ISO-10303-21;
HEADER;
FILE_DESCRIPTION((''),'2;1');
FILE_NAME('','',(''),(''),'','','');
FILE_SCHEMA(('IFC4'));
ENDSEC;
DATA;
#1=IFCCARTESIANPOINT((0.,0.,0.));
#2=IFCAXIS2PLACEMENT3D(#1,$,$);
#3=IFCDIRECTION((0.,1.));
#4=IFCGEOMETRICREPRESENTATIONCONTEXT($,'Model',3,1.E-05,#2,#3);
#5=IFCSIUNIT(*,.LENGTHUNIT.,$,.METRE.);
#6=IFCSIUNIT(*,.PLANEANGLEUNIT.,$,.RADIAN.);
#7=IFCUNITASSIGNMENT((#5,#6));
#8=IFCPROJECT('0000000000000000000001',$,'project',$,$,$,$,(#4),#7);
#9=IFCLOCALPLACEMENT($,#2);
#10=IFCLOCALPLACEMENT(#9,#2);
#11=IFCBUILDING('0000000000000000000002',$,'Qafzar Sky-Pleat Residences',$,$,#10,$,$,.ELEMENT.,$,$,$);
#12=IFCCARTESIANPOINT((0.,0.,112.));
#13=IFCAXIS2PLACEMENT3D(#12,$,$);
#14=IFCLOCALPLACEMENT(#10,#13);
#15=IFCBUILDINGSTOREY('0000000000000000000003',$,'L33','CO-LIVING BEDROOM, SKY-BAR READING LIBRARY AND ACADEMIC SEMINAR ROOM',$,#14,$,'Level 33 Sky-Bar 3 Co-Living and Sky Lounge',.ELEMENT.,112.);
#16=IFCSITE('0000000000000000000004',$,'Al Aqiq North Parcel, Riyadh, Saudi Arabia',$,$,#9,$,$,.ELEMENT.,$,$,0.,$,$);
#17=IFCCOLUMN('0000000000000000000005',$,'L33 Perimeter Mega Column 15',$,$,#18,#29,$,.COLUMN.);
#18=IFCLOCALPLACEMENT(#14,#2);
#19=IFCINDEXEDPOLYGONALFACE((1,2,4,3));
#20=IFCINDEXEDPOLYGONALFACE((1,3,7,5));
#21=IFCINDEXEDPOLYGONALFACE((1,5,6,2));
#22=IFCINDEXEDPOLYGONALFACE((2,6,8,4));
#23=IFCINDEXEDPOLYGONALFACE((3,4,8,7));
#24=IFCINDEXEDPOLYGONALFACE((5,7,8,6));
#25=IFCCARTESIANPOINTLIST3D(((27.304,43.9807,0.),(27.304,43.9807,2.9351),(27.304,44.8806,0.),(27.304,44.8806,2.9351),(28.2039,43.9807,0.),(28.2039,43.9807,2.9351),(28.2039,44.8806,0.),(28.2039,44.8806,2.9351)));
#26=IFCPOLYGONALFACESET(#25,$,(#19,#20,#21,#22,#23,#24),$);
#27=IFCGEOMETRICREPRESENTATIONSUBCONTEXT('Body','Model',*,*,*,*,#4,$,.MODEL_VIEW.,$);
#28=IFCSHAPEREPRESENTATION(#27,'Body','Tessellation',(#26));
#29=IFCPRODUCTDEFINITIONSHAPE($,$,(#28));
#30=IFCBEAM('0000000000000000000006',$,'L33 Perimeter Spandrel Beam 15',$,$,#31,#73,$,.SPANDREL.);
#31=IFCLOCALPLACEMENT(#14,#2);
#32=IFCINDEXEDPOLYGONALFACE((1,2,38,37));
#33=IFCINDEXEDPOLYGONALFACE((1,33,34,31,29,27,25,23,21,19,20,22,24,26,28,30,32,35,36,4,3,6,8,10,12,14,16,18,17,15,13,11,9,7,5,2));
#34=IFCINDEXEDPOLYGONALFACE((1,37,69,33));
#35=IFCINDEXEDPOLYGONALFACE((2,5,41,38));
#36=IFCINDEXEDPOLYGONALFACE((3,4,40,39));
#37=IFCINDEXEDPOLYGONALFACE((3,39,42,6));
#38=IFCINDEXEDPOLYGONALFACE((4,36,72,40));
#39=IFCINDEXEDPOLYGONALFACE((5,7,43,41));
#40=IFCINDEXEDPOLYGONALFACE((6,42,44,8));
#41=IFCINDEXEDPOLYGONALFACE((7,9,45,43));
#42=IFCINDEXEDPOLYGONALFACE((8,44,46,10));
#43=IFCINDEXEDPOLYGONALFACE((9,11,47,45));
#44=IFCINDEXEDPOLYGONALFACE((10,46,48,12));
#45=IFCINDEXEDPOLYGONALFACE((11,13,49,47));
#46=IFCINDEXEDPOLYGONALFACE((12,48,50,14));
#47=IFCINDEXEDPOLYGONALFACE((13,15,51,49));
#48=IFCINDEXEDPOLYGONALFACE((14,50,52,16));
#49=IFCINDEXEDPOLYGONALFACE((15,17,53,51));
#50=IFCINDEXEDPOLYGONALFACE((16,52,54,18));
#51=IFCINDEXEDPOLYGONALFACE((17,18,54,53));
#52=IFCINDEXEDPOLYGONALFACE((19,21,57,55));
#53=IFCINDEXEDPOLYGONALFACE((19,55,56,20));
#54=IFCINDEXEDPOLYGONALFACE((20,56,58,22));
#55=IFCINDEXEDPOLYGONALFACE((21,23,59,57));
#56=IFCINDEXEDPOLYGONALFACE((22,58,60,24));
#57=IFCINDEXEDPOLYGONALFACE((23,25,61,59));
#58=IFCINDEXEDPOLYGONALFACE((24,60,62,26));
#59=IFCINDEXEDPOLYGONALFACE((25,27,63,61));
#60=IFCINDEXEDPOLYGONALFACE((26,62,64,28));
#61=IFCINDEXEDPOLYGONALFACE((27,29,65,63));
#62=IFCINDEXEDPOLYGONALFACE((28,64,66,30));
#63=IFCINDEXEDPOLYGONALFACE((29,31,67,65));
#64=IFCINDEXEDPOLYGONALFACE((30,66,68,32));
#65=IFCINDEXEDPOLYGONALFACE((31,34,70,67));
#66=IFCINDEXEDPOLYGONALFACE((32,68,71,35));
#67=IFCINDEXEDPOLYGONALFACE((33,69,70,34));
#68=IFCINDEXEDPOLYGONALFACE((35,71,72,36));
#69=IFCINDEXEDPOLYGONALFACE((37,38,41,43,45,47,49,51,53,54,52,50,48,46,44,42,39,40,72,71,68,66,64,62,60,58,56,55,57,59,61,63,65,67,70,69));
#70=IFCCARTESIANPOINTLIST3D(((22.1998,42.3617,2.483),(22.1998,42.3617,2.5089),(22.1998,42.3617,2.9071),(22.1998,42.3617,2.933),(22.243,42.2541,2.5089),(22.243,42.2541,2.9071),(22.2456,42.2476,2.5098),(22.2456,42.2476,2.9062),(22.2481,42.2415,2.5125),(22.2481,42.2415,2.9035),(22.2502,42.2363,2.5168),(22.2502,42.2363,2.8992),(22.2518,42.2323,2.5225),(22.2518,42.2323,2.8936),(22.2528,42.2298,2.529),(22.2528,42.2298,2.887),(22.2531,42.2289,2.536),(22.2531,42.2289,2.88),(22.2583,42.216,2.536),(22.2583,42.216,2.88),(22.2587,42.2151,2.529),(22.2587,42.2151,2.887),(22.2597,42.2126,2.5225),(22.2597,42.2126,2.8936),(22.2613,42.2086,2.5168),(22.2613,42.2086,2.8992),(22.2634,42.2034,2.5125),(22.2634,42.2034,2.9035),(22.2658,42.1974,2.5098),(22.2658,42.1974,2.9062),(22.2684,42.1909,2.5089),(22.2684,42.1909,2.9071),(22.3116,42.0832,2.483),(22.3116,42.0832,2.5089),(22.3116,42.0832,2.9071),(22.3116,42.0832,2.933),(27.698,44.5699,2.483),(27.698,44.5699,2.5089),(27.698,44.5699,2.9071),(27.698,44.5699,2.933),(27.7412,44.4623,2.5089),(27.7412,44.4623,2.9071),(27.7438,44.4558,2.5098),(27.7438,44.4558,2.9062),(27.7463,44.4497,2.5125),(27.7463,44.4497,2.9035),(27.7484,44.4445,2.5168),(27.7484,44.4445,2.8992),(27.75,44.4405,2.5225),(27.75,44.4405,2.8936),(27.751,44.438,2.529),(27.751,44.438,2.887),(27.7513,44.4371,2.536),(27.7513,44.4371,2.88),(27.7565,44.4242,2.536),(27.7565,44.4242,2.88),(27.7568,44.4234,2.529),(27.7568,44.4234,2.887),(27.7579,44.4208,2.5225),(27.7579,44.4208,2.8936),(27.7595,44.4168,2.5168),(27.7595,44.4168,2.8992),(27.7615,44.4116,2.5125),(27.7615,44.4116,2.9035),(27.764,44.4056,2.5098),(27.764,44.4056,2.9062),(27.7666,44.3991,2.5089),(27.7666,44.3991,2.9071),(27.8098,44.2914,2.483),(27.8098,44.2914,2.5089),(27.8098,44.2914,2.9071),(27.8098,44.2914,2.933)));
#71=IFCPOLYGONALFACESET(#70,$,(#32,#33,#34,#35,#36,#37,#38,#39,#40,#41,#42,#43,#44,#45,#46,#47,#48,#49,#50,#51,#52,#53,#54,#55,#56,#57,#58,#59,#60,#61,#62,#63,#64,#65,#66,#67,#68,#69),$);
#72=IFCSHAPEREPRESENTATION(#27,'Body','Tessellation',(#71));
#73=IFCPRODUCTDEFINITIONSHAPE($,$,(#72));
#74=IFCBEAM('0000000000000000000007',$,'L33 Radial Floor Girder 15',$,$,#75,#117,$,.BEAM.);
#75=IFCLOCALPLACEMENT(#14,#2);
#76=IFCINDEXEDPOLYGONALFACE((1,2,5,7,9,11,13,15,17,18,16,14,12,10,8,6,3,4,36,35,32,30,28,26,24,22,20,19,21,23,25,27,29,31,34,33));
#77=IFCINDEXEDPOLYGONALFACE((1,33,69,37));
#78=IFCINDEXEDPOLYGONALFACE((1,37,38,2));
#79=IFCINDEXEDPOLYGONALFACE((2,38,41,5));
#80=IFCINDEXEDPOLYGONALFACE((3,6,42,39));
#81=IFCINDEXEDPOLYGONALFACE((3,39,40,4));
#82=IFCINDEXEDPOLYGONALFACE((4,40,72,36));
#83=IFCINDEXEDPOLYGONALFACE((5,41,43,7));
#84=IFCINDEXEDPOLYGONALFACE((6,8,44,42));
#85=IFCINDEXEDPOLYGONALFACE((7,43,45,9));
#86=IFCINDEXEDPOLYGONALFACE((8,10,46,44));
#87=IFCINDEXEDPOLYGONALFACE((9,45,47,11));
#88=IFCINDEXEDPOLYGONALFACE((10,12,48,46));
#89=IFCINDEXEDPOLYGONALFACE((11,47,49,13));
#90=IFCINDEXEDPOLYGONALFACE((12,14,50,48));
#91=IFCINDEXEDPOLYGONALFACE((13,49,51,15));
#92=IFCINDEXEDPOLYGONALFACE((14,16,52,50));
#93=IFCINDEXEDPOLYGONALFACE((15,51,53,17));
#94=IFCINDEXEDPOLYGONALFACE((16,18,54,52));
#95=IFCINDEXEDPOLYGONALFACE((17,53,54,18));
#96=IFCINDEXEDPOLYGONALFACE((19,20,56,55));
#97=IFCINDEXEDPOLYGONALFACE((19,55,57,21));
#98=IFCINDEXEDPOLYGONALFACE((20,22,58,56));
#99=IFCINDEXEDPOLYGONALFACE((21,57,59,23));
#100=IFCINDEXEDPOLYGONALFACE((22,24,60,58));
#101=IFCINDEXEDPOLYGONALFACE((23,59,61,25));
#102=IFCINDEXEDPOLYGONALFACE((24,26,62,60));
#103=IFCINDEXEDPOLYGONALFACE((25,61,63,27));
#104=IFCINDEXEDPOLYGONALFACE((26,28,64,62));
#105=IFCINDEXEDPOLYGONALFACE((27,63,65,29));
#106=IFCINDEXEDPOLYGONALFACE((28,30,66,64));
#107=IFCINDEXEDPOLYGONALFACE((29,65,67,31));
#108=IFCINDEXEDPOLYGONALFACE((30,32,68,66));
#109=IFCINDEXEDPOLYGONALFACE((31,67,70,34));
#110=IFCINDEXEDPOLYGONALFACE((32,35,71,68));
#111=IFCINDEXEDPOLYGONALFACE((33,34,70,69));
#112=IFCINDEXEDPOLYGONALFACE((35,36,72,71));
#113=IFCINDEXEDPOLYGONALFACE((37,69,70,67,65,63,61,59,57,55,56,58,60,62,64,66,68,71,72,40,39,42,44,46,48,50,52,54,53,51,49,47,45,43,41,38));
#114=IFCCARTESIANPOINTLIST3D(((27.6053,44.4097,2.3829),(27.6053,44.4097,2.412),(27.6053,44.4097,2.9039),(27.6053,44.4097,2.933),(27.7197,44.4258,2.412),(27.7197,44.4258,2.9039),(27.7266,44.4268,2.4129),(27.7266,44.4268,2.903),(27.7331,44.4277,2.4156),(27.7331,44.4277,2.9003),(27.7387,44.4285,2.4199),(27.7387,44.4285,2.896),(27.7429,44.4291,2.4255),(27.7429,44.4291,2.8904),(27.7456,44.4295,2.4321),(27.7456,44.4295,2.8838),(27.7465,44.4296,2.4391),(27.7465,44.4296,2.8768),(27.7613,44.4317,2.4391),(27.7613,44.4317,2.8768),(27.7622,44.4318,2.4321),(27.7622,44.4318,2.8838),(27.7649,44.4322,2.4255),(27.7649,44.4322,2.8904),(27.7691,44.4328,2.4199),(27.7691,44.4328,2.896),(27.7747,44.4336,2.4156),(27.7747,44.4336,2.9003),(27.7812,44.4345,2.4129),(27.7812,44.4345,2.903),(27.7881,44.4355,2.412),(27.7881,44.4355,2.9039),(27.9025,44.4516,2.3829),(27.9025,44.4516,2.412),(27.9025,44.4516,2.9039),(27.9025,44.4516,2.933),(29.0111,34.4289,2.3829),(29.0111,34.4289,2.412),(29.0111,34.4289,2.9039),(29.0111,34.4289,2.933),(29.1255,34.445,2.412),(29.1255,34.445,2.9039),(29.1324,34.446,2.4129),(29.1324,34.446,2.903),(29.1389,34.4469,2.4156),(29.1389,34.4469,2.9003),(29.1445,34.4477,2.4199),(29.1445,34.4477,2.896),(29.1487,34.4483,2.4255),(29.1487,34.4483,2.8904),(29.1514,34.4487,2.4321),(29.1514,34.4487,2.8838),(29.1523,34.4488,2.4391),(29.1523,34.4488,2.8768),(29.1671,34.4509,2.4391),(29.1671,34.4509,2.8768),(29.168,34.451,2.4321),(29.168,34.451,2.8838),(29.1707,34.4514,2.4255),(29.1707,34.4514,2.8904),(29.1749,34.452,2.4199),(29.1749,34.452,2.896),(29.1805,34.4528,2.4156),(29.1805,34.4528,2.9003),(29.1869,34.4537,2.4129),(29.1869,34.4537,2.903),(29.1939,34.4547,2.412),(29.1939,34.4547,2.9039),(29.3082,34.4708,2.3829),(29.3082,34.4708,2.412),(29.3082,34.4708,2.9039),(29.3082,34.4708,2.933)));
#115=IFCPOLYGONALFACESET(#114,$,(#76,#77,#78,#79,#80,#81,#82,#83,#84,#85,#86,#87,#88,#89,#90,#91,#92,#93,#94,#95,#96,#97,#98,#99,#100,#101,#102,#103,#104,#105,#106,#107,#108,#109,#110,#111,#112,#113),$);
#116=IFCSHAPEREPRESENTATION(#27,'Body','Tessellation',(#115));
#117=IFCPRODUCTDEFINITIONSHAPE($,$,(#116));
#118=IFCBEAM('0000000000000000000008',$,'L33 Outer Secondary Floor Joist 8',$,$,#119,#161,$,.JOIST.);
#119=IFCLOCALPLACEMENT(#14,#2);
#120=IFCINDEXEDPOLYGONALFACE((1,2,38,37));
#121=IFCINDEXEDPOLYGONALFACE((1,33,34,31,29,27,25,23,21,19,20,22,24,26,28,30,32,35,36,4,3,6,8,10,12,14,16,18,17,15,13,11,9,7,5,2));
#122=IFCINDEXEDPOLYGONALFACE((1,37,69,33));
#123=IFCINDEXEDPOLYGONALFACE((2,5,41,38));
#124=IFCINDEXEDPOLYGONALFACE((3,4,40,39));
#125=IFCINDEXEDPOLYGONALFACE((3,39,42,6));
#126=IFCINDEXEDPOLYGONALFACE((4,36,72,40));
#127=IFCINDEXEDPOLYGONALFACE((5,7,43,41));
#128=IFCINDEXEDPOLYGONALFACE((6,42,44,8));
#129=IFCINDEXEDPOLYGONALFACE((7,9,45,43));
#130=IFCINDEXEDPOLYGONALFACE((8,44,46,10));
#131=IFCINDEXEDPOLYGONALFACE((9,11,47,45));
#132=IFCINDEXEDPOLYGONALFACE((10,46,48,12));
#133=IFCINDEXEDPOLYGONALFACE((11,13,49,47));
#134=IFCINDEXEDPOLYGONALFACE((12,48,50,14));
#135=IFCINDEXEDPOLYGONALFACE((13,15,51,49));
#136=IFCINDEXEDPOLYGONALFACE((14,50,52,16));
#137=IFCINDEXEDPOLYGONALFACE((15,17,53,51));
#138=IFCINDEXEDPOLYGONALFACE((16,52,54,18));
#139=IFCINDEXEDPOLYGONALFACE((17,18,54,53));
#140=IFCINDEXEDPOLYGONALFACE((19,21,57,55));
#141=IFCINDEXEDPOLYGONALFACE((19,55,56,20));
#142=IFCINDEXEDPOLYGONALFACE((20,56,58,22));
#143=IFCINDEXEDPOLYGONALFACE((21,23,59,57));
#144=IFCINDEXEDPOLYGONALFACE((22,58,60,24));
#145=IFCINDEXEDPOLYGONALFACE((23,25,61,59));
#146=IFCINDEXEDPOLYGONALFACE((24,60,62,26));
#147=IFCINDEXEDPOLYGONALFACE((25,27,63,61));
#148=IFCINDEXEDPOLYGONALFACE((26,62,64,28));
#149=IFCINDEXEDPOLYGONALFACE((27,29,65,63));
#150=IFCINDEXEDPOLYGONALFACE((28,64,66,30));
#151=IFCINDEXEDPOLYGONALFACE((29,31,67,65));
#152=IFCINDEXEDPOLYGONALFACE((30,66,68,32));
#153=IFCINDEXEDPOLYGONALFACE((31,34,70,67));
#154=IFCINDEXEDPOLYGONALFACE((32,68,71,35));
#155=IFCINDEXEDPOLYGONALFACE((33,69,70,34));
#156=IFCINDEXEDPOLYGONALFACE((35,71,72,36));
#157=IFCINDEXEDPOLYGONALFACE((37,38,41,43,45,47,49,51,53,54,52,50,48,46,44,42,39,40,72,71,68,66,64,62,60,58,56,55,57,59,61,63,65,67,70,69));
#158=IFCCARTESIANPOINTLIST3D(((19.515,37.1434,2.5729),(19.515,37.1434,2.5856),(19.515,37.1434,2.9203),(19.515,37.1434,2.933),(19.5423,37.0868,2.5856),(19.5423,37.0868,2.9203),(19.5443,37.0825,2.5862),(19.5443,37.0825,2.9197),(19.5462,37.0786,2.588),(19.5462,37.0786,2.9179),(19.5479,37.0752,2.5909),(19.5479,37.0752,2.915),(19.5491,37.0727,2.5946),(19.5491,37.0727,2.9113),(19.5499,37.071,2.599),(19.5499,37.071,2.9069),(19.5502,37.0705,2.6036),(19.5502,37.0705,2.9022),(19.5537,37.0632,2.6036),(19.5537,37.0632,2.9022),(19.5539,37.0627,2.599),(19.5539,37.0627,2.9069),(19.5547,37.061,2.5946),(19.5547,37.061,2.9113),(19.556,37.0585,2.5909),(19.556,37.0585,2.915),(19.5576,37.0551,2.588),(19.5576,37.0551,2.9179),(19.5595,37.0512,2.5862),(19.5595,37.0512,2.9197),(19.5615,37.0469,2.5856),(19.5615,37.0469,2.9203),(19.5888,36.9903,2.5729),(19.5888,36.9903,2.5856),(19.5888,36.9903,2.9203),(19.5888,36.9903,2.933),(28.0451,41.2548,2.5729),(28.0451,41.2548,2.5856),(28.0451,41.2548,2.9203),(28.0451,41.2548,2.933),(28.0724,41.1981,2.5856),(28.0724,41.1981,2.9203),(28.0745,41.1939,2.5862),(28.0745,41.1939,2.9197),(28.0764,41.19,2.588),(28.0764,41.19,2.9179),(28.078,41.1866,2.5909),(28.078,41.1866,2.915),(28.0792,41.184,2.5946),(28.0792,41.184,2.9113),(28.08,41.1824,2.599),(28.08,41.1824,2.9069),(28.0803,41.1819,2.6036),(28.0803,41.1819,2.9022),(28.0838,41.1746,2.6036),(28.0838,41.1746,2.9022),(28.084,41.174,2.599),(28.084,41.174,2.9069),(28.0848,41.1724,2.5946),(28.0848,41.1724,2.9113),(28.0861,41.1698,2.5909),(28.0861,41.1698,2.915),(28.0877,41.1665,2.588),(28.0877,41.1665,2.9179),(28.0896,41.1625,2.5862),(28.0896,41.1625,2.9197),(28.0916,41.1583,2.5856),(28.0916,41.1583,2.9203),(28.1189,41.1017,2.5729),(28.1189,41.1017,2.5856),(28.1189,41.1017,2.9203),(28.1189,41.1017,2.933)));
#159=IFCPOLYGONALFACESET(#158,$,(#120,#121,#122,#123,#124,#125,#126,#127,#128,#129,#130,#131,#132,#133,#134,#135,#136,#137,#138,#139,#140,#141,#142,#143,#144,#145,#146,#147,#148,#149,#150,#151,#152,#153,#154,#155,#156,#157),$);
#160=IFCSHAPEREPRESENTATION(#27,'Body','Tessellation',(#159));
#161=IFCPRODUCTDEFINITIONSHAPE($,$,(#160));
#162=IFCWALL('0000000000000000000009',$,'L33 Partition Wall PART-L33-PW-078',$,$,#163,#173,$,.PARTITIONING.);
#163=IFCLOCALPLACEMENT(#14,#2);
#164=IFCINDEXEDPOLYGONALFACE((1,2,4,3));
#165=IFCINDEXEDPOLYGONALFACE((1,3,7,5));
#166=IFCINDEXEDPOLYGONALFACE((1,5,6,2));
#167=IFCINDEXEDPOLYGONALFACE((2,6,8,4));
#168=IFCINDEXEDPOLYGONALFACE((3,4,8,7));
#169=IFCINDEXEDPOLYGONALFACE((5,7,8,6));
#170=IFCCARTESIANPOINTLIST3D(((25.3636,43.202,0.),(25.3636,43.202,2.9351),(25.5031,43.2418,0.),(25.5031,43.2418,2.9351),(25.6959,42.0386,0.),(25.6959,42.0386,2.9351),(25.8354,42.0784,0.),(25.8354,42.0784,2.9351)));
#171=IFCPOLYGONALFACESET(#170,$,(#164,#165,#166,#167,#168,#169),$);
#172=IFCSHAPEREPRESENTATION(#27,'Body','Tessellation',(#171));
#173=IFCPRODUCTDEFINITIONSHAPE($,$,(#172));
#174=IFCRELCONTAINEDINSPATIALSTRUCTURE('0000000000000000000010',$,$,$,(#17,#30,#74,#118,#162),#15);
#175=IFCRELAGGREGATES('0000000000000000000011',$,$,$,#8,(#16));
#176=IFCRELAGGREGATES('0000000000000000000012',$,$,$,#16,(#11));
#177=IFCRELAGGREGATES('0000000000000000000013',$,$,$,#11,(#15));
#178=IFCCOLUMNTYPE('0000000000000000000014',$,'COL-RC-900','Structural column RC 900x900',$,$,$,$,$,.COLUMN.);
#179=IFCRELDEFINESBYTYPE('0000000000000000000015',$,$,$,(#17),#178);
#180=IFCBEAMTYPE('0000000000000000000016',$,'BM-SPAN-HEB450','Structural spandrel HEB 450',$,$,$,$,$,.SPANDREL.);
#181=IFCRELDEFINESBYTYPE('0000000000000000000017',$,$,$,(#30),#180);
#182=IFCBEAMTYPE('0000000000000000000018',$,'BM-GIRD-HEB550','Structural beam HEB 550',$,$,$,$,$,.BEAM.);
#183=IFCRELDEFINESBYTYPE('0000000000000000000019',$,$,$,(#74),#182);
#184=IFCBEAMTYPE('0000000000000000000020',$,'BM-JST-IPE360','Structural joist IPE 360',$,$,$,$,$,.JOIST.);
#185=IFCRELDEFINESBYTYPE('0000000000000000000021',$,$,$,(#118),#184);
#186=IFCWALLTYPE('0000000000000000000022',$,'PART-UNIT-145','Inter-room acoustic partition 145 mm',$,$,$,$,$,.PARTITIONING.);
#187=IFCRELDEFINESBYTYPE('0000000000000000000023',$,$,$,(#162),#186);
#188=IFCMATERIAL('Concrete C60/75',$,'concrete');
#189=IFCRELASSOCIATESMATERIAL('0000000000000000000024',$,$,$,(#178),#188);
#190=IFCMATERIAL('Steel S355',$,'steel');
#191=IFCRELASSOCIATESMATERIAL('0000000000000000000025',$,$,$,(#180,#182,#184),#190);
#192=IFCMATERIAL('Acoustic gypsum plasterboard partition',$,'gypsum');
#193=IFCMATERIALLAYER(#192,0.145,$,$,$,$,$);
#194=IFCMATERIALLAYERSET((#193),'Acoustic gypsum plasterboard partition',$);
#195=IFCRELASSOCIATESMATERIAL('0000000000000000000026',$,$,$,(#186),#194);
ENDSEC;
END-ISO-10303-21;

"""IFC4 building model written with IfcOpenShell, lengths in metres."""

from ifc_helpers import new_model, si_unit, direction, frame, frame_2d, origin, origin_2d, place, context, subcontext, project, spatial, rectangle, i_section, extrude, source, transform, mapped, material, layer, layer_set, material_profile, profile_set, type_object, element, save


model = new_model("IFC4")

# Units and contexts
model_context = context("Model", 3, precision=1e-05, world=origin(), true_north=direction((0.0, 1.0)))
body_context = subcontext(model_context, "Body", "Model", "MODEL_VIEW")
ifc_project = project(units=[si_unit("LENGTHUNIT", "METRE"), si_unit("PLANEANGLEUNIT", "RADIAN")], contexts=[model_context])

# Site, building, storey
site_placement = place(None, origin())
site = spatial("IfcSite", under=ifc_project, at=site_placement, Name="Al Aqiq North Parcel, Riyadh, Saudi Arabia", CompositionType="ELEMENT", RefElevation=0.0)
building_placement = place(site_placement, origin())
building = spatial("IfcBuilding", under=site, at=building_placement, Name="Qafzar Sky-Pleat Residences", CompositionType="ELEMENT")
storey_placement = place(building_placement, frame((0.0, 0.0, 112.0)))
storey = spatial("IfcBuildingStorey", under=building, at=storey_placement, Name="L33", Description="CO-LIVING BEDROOM, SKY-BAR READING LIBRARY AND ACADEMIC SEMINAR ROOM", LongName="Level 33 Sky-Bar 3 Co-Living and Sky Lounge", CompositionType="ELEMENT", Elevation=112.0)

# Column
ifc_material_1 = material(Name="Concrete C60/75", Category="concrete")
ifc_material_profile_1 = material_profile(ifc_material_1, rectangle(XDim=0.8999, YDim=0.8999, at=origin_2d()), Name="RC 900x900")
ifc_profile_set_1 = profile_set([ifc_material_profile_1], Name="Concrete C60/75")
column_type = type_object("IfcColumnType", Name="COL-RC-900", Description="Structural column RC 900x900", PredefinedType="COLUMN", material=ifc_profile_set_1)
shared_shape_1 = source(origin(), body_context, "Body", "SweptSolid", [
    extrude(rectangle(XDim=0.8999, YDim=0.8999, at=origin_2d()), origin(), (0.0, 0.0, 1.0), 2.9351),
])
column_placement = place(storey_placement, frame((27.7539, 44.4307, 0.0), z_axis=(0.0, 0.0, 1.0), x_axis=(1.0, 0.0, 0.0)))
element("IfcColumn", 1, at=column_placement, inside=storey, type_object=column_type, Name="L33 Perimeter Mega Column 15", PredefinedType="COLUMN", context=body_context, shape_type="MappedRepresentation", body=[
    mapped(shared_shape_1, transform((0.0, 0.0, 0.0), x_axis=(1.0, 0.0, 0.0), y_axis=(0.0, 1.0, 0.0), z_axis=(0.0, 0.0, 1.0), scale=1.0)),
])

# Beams
ifc_material_2 = material(Name="Steel S355", Category="steel")
ifc_material_profile_2 = material_profile(ifc_material_2, i_section(OverallWidth=0.3, OverallDepth=0.45, WebThickness=0.0139, FlangeThickness=0.0259, FilletRadius=0.0271, at=origin_2d()), Name="HEB 450")
ifc_profile_set_2 = profile_set([ifc_material_profile_2], Name="Steel S355")
beam_type_1 = type_object("IfcBeamType", Name="BM-SPAN-HEB450", Description="Structural spandrel HEB 450", PredefinedType="SPANDREL", material=ifc_profile_set_2)
shared_shape_2 = source(origin(), body_context, "Body", "SweptSolid", [
    extrude(i_section(OverallWidth=0.3, OverallDepth=0.45, WebThickness=0.0139, FlangeThickness=0.0259, FilletRadius=0.0271, at=origin_2d()), origin(), (0.0, 0.0, 1.0), 5.925),
])
beam_1_placement = place(storey_placement, frame((27.7539, 44.4307, 2.708), z_axis=(-0.927956, -0.37269, 0.0), x_axis=(0.37269, -0.927956, 0.0)))
element("IfcBeam", 2, at=beam_1_placement, inside=storey, type_object=beam_type_1, Name="L33 Perimeter Spandrel Beam 15", PredefinedType="SPANDREL", context=body_context, shape_type="MappedRepresentation", body=[
    mapped(shared_shape_2, transform((0.0, 0.0, 0.0), x_axis=(1.0, 0.0, 0.0), y_axis=(0.0, 1.0, 0.0), z_axis=(0.0, 0.0, 1.0), scale=1.0)),
])
ifc_material_profile_3 = material_profile(ifc_material_2, i_section(OverallWidth=0.3, OverallDepth=0.55, WebThickness=0.0149, FlangeThickness=0.0291, FilletRadius=0.0271, at=origin_2d()), Name="HEB 550")
ifc_profile_set_3 = profile_set([ifc_material_profile_3], Name="Steel S355")
beam_type_2 = type_object("IfcBeamType", Name="BM-GIRD-HEB550", Description="Structural beam HEB 550", PredefinedType="BEAM", material=ifc_profile_set_3)
shared_shape_3 = source(origin(), body_context, "Body", "SweptSolid", [
    extrude(i_section(OverallWidth=0.3, OverallDepth=0.55, WebThickness=0.0149, FlangeThickness=0.0291, FilletRadius=0.0271, at=origin_2d()), origin(), (0.0, 0.0, 1.0), 10.0793),
])
beam_2_placement = place(storey_placement, frame((27.7539, 44.4307, 2.658), z_axis=(0.139471, -0.990226, 0.0), x_axis=(0.990226, 0.139471, 0.0)))
element("IfcBeam", 3, at=beam_2_placement, inside=storey, type_object=beam_type_2, Name="L33 Radial Floor Girder 15", PredefinedType="BEAM", context=body_context, shape_type="MappedRepresentation", body=[
    mapped(shared_shape_3, transform((0.0, 0.0, 0.0), x_axis=(1.0, 0.0, 0.0), y_axis=(0.0, 1.0, 0.0), z_axis=(0.0, 0.0, 1.0), scale=1.0)),
])
ifc_material_profile_4 = material_profile(ifc_material_2, i_section(OverallWidth=0.1699, OverallDepth=0.3601, WebThickness=0.0081, FlangeThickness=0.0127, FilletRadius=0.0181, at=origin_2d()), Name="IPE 360")
ifc_profile_set_4 = profile_set([ifc_material_profile_4], Name="Steel S355")
beam_type_3 = type_object("IfcBeamType", Name="BM-JST-IPE360", Description="Structural joist IPE 360", PredefinedType="JOIST", material=ifc_profile_set_4)
shared_shape_4 = source(origin(), body_context, "Body", "SweptSolid", [
    extrude(i_section(OverallWidth=0.1699, OverallDepth=0.3601, WebThickness=0.0081, FlangeThickness=0.0127, FilletRadius=0.0181, at=origin_2d()), origin(), (0.0, 0.0, 1.0), 9.4692),
])
beam_3_placement = place(storey_placement, frame((28.082, 41.1782, 2.7529), z_axis=(-0.900825, -0.434182, 0.0), x_axis=(0.434182, -0.900825, 0.0)))
element("IfcBeam", 4, at=beam_3_placement, inside=storey, type_object=beam_type_3, Name="L33 Outer Secondary Floor Joist 8", PredefinedType="JOIST", context=body_context, shape_type="MappedRepresentation", body=[
    mapped(shared_shape_4, transform((0.0, 0.0, 0.0), x_axis=(1.0, 0.0, 0.0), y_axis=(0.0, 1.0, 0.0), z_axis=(0.0, 0.0, 1.0), scale=1.0)),
])

# Wall
ifc_material_3 = material(Name="Acoustic gypsum plasterboard partition", Category="gypsum")
ifc_layer_1 = layer(ifc_material_3, 0.145)
ifc_layer_set_1 = layer_set([ifc_layer_1], Name="Acoustic gypsum plasterboard partition")
wall_type_1 = type_object("IfcWallType", Name="PART-UNIT-145", Description="Inter-room acoustic partition 145 mm", PredefinedType="PARTITIONING", material=ifc_layer_set_1)
wall_1_placement = place(storey_placement, frame((25.4333, 43.2219, 0.0), z_axis=(0.0, 0.0, 1.0), x_axis=(0.274641, -0.961547, 0.0)))
element("IfcWall", 5, at=wall_1_placement, inside=storey, type_object=wall_type_1, Name="L33 Partition Wall PART-L33-PW-078", PredefinedType="PARTITIONING", context=body_context, shape_type="SweptSolid", body=[
    extrude(rectangle(XDim=1.21, YDim=0.145, at=frame_2d((0.605, 0.0))), origin(), (0.0, 0.0, 1.0), 2.9351),
])

save(model, "model.ifc")
